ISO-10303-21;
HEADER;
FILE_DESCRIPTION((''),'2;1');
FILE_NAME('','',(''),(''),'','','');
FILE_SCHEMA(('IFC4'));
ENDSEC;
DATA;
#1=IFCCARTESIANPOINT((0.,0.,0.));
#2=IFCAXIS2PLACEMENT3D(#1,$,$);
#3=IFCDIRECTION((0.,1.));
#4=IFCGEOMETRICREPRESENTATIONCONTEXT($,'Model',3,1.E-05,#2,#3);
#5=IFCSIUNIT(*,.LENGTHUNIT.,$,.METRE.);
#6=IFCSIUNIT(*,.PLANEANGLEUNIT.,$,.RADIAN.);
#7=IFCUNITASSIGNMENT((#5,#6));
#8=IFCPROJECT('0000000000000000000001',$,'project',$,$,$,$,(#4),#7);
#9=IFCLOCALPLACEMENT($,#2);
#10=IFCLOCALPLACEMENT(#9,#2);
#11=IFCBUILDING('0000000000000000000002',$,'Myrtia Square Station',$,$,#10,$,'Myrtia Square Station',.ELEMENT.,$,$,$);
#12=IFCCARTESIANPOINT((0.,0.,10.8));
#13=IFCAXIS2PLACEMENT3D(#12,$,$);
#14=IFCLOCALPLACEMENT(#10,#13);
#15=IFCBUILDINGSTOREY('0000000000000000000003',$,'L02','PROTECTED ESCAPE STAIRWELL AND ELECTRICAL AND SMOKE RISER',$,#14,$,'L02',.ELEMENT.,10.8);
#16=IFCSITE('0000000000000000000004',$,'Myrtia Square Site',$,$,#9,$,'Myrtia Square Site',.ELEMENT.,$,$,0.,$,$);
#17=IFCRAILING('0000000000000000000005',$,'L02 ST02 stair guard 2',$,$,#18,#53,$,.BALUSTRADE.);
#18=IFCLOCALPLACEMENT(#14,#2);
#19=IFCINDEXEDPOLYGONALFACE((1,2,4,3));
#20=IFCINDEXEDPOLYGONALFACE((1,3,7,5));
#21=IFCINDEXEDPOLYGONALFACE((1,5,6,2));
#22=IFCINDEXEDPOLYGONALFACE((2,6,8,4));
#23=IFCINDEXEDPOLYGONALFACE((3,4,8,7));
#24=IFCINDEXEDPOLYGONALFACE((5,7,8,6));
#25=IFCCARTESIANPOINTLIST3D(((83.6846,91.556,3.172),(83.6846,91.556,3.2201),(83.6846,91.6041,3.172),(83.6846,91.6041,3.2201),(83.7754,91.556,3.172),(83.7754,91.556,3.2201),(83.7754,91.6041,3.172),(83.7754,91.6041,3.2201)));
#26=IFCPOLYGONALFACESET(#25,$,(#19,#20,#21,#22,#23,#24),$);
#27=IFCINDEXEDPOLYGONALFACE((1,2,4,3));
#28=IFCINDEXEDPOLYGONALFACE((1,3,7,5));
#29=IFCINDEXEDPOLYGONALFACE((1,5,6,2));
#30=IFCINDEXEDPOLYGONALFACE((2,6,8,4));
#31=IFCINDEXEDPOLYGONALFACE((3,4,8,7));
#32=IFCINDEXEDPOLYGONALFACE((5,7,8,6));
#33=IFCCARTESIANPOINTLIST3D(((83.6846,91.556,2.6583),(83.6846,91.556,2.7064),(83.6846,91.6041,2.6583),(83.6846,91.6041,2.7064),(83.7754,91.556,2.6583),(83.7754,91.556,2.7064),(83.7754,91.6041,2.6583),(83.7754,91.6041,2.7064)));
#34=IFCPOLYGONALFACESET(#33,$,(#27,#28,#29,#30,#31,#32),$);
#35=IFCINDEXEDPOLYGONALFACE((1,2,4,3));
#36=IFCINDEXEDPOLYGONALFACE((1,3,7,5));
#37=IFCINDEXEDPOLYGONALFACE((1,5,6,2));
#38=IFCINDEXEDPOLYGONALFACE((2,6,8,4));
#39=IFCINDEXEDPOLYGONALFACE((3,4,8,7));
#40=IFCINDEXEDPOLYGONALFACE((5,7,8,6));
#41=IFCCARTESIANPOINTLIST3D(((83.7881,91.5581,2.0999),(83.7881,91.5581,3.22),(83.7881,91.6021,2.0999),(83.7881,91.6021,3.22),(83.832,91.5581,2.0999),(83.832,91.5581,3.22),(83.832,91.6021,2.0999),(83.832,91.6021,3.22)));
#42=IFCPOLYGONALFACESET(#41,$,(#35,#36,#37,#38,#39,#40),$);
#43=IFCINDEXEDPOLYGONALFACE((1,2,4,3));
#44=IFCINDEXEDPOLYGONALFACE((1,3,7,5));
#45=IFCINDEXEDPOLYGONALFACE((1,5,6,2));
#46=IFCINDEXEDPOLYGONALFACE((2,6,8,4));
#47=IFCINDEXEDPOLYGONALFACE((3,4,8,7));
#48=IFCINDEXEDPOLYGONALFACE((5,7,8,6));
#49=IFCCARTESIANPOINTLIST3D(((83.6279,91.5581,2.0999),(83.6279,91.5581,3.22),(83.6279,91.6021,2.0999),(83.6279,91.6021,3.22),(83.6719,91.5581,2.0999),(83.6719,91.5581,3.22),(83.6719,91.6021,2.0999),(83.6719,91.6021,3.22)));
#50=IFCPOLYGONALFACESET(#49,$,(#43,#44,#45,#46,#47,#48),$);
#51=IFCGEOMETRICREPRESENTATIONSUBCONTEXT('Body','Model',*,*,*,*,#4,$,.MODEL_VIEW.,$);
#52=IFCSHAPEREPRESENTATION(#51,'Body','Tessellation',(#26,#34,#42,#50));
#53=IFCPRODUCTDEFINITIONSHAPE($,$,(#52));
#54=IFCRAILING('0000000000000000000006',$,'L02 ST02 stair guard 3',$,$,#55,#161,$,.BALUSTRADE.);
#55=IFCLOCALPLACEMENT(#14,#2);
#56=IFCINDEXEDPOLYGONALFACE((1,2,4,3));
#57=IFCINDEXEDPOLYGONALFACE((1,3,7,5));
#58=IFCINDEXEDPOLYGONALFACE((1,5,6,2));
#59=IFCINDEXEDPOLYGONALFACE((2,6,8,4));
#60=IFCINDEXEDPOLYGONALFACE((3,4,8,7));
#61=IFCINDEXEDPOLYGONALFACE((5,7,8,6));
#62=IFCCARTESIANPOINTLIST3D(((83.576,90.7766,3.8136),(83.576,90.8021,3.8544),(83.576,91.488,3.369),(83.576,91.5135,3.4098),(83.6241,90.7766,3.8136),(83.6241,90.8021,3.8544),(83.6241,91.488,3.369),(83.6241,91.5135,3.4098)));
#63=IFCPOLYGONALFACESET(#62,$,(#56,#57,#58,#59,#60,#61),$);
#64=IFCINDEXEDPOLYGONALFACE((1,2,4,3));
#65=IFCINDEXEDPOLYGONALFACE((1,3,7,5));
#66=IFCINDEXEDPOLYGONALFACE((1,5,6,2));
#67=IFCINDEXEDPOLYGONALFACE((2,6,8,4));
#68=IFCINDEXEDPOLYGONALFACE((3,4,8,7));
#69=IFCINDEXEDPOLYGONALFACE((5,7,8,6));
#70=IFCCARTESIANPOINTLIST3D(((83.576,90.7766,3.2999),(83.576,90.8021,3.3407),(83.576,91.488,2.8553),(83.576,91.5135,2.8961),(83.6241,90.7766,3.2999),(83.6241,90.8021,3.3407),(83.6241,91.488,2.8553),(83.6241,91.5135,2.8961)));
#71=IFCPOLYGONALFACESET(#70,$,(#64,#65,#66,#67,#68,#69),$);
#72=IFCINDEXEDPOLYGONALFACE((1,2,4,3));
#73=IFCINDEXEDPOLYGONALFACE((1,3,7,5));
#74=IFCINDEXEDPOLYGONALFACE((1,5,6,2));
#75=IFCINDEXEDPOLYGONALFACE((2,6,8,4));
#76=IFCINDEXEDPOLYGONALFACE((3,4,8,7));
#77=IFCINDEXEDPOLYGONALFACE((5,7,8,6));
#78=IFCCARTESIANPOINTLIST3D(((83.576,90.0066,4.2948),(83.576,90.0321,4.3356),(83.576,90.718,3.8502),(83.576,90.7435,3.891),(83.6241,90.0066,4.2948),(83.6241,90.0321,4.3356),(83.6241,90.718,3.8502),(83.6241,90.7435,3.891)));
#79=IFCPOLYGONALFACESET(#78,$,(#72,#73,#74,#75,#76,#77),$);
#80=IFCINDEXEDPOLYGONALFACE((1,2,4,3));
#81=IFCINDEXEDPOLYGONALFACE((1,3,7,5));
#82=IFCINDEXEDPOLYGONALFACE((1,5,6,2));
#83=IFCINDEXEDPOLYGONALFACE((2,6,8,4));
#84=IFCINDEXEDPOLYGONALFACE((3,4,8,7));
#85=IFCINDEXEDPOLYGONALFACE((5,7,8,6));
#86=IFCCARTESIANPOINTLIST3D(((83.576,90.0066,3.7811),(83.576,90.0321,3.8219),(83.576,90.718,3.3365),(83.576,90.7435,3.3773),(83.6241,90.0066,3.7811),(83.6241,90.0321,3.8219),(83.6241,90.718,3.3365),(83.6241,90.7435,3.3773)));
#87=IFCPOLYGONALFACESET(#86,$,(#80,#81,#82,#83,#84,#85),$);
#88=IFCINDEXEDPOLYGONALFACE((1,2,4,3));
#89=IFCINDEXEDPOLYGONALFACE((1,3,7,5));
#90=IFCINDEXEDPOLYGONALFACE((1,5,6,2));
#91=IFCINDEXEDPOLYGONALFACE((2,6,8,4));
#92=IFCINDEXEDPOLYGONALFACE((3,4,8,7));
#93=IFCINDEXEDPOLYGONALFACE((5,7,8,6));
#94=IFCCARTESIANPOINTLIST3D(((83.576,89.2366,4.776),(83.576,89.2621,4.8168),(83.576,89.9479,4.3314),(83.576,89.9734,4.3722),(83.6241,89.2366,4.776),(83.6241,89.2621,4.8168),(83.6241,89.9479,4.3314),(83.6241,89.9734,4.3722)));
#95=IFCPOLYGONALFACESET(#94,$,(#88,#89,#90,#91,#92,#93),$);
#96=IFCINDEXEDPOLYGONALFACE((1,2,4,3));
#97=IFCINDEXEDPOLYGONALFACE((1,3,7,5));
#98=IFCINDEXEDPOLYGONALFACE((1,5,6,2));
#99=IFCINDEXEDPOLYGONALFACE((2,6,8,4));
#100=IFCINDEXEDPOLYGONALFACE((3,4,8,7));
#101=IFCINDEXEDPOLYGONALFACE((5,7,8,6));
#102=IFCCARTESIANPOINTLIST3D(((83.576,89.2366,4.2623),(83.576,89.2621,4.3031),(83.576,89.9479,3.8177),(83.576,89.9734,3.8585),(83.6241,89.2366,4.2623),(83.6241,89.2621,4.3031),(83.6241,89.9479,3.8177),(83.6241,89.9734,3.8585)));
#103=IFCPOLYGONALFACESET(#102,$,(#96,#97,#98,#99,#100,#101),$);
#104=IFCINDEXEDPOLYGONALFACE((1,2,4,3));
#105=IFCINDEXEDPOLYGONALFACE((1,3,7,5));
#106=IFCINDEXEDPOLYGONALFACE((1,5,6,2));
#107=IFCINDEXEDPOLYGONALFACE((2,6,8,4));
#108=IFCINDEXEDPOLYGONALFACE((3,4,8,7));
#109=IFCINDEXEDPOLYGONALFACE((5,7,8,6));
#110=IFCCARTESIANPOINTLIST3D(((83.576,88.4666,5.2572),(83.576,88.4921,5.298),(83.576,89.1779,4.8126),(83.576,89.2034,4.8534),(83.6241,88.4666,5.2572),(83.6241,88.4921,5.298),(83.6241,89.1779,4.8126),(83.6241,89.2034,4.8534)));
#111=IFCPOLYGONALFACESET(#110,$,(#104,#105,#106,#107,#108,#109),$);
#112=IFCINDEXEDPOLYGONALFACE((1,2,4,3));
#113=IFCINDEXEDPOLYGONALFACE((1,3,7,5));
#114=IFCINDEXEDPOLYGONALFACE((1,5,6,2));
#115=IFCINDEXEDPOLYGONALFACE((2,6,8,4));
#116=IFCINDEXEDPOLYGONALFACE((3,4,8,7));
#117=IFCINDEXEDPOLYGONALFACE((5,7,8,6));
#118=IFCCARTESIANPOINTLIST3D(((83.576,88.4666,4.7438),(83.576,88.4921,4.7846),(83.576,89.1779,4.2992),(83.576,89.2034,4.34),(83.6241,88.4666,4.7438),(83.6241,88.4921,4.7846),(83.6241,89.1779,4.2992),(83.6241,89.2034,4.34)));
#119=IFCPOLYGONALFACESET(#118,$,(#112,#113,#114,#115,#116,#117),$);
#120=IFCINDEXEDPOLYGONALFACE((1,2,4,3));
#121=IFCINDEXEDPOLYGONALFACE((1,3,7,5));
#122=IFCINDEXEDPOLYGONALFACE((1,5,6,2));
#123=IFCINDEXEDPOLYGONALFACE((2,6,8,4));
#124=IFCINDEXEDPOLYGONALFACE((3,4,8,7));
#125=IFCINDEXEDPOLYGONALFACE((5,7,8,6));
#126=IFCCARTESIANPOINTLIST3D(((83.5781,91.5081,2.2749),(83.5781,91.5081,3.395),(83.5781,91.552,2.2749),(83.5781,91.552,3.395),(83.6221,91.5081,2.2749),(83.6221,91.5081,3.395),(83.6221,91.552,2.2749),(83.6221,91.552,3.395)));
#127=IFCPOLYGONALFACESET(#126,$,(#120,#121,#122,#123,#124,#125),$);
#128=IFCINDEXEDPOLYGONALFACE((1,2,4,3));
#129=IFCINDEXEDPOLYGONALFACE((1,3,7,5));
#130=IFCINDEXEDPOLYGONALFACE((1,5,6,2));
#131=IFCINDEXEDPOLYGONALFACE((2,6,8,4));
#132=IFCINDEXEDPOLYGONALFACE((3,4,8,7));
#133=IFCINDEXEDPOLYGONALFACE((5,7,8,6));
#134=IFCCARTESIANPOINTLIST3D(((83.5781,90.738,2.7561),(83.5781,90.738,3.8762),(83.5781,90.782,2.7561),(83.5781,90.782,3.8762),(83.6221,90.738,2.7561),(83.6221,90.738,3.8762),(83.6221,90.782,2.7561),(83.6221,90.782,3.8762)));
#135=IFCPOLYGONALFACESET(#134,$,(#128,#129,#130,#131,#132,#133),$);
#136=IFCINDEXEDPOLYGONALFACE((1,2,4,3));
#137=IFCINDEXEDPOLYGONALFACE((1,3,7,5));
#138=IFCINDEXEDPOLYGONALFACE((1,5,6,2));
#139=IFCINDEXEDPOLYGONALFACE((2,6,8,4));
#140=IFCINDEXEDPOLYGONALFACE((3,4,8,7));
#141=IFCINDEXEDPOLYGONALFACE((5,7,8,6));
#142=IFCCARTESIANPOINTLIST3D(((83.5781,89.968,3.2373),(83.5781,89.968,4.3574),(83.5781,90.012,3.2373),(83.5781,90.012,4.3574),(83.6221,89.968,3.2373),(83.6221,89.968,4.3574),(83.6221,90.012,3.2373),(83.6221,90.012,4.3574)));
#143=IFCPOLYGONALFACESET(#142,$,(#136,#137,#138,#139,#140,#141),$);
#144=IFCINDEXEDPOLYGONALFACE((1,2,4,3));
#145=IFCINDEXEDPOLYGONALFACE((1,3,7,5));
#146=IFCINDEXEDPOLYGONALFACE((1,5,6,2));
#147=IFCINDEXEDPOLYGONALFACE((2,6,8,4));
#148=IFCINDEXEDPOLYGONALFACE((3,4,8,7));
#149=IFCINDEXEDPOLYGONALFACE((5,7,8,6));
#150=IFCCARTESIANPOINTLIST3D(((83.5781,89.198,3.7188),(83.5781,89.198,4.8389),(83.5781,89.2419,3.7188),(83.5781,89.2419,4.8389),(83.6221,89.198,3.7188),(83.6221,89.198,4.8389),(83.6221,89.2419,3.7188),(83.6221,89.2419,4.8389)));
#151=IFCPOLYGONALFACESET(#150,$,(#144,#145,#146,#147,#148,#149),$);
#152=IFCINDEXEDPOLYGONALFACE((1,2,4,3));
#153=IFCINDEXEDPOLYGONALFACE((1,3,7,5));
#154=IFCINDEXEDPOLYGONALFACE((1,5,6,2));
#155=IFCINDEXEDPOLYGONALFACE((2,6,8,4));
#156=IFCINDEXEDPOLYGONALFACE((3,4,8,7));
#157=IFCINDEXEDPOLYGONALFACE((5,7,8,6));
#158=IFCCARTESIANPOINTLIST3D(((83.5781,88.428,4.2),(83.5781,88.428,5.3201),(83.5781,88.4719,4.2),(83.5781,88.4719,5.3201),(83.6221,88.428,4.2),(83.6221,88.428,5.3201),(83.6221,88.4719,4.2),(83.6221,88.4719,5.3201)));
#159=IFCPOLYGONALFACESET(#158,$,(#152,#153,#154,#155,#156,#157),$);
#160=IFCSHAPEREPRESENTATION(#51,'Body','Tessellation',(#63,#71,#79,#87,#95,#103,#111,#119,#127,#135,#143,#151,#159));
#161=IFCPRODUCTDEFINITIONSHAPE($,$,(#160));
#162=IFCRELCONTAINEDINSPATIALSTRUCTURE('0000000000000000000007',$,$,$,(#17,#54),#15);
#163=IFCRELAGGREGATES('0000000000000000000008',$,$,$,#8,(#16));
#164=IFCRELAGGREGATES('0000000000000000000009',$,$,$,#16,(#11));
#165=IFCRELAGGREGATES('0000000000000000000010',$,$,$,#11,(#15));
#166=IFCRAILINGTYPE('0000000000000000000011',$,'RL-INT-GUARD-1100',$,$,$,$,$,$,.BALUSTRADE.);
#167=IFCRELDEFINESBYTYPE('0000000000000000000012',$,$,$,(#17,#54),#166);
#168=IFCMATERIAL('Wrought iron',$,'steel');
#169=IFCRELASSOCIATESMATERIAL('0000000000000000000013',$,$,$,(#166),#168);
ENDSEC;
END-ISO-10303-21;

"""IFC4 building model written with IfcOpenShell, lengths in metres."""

from ifc_helpers import new_model, si_unit, direction, frame, origin, origin_2d, place, context, subcontext, project, spatial, rectangle, extrude, material, type_object, element, save


model = new_model("IFC4")

# Units and contexts
model_context = context("Model", 3, precision=1e-05, world=origin(), true_north=direction((0.0, 1.0)))
body_context = subcontext(model_context, "Body", "Model", "MODEL_VIEW")
ifc_project = project(units=[si_unit("LENGTHUNIT", "METRE"), si_unit("PLANEANGLEUNIT", "RADIAN")], contexts=[model_context])

# Site, building, storey
site_placement = place(None, origin())
site = spatial("IfcSite", under=ifc_project, at=site_placement, Name="Myrtia Square Site", LongName="Myrtia Square Site", CompositionType="ELEMENT", RefElevation=0.0)
building_placement = place(site_placement, origin())
building = spatial("IfcBuilding", under=site, at=building_placement, Name="Myrtia Square Station", LongName="Myrtia Square Station", CompositionType="ELEMENT")
storey_placement = place(building_placement, frame((0.0, 0.0, 10.8)))
storey = spatial("IfcBuildingStorey", under=building, at=storey_placement, Name="L02", Description="PROTECTED ESCAPE STAIRWELL AND ELECTRICAL AND SMOKE RISER", LongName="L02", CompositionType="ELEMENT", Elevation=10.8)

# Railings
ifc_material_1 = material(Name="Wrought iron", Category="steel")
railing_type_1 = type_object("IfcRailingType", Name="RL-INT-GUARD-1100", PredefinedType="BALUSTRADE", material=ifc_material_1)
railing_1_placement = place(storey_placement, frame((83.8101, 91.5801, 2.0999)))
element("IfcRailing", 1, at=railing_1_placement, inside=storey, type_object=railing_type_1, Name="L02 ST02 stair guard 2", PredefinedType="BALUSTRADE", context=body_context, shape_type="SweptSolid", body=[
    extrude(rectangle(XDim=0.0481, YDim=0.0481, at=origin_2d()), frame((-0.0347, 0.0, 1.0962), z_axis=(-1.0, 0.0, 0.0), x_axis=(0.0, -1.0, 0.0)), (0.0, 0.0, 1.0), 0.0908),
    extrude(rectangle(XDim=0.0481, YDim=0.0481, at=origin_2d()), frame((-0.0347, 0.0, 0.5825), z_axis=(-1.0, 0.0, 0.0), x_axis=(0.0, -1.0, 0.0)), (0.0, 0.0, 1.0), 0.0908),
    extrude(rectangle(XDim=0.0439, YDim=0.0439, at=origin_2d()), origin(), (0.0, 0.0, 1.0), 1.1201),
    extrude(rectangle(XDim=0.0439, YDim=0.0439, at=origin_2d()), frame((-0.1602, 0.0, 0.0)), (0.0, 0.0, 1.0), 1.1201),
])
railing_2_placement = place(storey_placement, frame((83.6001, 91.53, 2.2749)))
element("IfcRailing", 2, at=railing_2_placement, inside=storey, type_object=railing_type_1, Name="L02 ST02 stair guard 3", PredefinedType="BALUSTRADE", context=body_context, shape_type="SweptSolid", body=[
    extrude(rectangle(XDim=0.0481, YDim=0.0481, at=origin_2d()), frame((0.0, -0.0293, 1.1145), z_axis=(0.0, -0.847998, 0.529999), x_axis=(1.0, 0.0, 0.0)), (0.0, 0.0, 1.0), 0.8389),
    extrude(rectangle(XDim=0.0481, YDim=0.0481, at=origin_2d()), frame((0.0, -0.0293, 0.6008), z_axis=(0.0, -0.847998, 0.529999), x_axis=(1.0, 0.0, 0.0)), (0.0, 0.0, 1.0), 0.8389),
    extrude(rectangle(XDim=0.0481, YDim=0.0481, at=origin_2d()), frame((0.0, -0.7993, 1.5957), z_axis=(0.0, -0.847998, 0.529999), x_axis=(1.0, 0.0, 0.0)), (0.0, 0.0, 1.0), 0.8389),
    extrude(rectangle(XDim=0.0481, YDim=0.0481, at=origin_2d()), frame((0.0, -0.7993, 1.082), z_axis=(0.0, -0.847998, 0.529999), x_axis=(1.0, 0.0, 0.0)), (0.0, 0.0, 1.0), 0.8389),
    extrude(rectangle(XDim=0.0481, YDim=0.0481, at=origin_2d()), frame((0.0, -1.5693, 2.0769), z_axis=(0.0, -0.847998, 0.529999), x_axis=(1.0, 0.0, 0.0)), (0.0, 0.0, 1.0), 0.8389),
    extrude(rectangle(XDim=0.0481, YDim=0.0481, at=origin_2d()), frame((0.0, -1.5693, 1.5632), z_axis=(0.0, -0.847998, 0.529999), x_axis=(1.0, 0.0, 0.0)), (0.0, 0.0, 1.0), 0.8389),
    extrude(rectangle(XDim=0.0481, YDim=0.0481, at=origin_2d()), frame((0.0, -2.3394, 2.5581), z_axis=(0.0, -0.847998, 0.529999), x_axis=(1.0, 0.0, 0.0)), (0.0, 0.0, 1.0), 0.8389),
    extrude(rectangle(XDim=0.0481, YDim=0.0481, at=origin_2d()), frame((0.0, -2.3394, 2.0447), z_axis=(0.0, -0.847998, 0.529999), x_axis=(1.0, 0.0, 0.0)), (0.0, 0.0, 1.0), 0.8389),
    extrude(rectangle(XDim=0.0439, YDim=0.0439, at=origin_2d()), origin(), (0.0, 0.0, 1.0), 1.1201),
    extrude(rectangle(XDim=0.0439, YDim=0.0439, at=origin_2d()), frame((0.0, -0.77, 0.4812)), (0.0, 0.0, 1.0), 1.1201),
    extrude(rectangle(XDim=0.0439, YDim=0.0439, at=origin_2d()), frame((0.0, -1.54, 0.9624)), (0.0, 0.0, 1.0), 1.1201),
    extrude(rectangle(XDim=0.0439, YDim=0.0439, at=origin_2d()), frame((0.0, -2.3101, 1.4438)), (0.0, 0.0, 1.0), 1.1201),
    extrude(rectangle(XDim=0.0439, YDim=0.0439, at=origin_2d()), frame((0.0, -3.0801, 1.925)), (0.0, 0.0, 1.0), 1.1201),
])

save(model, "model.ifc")
